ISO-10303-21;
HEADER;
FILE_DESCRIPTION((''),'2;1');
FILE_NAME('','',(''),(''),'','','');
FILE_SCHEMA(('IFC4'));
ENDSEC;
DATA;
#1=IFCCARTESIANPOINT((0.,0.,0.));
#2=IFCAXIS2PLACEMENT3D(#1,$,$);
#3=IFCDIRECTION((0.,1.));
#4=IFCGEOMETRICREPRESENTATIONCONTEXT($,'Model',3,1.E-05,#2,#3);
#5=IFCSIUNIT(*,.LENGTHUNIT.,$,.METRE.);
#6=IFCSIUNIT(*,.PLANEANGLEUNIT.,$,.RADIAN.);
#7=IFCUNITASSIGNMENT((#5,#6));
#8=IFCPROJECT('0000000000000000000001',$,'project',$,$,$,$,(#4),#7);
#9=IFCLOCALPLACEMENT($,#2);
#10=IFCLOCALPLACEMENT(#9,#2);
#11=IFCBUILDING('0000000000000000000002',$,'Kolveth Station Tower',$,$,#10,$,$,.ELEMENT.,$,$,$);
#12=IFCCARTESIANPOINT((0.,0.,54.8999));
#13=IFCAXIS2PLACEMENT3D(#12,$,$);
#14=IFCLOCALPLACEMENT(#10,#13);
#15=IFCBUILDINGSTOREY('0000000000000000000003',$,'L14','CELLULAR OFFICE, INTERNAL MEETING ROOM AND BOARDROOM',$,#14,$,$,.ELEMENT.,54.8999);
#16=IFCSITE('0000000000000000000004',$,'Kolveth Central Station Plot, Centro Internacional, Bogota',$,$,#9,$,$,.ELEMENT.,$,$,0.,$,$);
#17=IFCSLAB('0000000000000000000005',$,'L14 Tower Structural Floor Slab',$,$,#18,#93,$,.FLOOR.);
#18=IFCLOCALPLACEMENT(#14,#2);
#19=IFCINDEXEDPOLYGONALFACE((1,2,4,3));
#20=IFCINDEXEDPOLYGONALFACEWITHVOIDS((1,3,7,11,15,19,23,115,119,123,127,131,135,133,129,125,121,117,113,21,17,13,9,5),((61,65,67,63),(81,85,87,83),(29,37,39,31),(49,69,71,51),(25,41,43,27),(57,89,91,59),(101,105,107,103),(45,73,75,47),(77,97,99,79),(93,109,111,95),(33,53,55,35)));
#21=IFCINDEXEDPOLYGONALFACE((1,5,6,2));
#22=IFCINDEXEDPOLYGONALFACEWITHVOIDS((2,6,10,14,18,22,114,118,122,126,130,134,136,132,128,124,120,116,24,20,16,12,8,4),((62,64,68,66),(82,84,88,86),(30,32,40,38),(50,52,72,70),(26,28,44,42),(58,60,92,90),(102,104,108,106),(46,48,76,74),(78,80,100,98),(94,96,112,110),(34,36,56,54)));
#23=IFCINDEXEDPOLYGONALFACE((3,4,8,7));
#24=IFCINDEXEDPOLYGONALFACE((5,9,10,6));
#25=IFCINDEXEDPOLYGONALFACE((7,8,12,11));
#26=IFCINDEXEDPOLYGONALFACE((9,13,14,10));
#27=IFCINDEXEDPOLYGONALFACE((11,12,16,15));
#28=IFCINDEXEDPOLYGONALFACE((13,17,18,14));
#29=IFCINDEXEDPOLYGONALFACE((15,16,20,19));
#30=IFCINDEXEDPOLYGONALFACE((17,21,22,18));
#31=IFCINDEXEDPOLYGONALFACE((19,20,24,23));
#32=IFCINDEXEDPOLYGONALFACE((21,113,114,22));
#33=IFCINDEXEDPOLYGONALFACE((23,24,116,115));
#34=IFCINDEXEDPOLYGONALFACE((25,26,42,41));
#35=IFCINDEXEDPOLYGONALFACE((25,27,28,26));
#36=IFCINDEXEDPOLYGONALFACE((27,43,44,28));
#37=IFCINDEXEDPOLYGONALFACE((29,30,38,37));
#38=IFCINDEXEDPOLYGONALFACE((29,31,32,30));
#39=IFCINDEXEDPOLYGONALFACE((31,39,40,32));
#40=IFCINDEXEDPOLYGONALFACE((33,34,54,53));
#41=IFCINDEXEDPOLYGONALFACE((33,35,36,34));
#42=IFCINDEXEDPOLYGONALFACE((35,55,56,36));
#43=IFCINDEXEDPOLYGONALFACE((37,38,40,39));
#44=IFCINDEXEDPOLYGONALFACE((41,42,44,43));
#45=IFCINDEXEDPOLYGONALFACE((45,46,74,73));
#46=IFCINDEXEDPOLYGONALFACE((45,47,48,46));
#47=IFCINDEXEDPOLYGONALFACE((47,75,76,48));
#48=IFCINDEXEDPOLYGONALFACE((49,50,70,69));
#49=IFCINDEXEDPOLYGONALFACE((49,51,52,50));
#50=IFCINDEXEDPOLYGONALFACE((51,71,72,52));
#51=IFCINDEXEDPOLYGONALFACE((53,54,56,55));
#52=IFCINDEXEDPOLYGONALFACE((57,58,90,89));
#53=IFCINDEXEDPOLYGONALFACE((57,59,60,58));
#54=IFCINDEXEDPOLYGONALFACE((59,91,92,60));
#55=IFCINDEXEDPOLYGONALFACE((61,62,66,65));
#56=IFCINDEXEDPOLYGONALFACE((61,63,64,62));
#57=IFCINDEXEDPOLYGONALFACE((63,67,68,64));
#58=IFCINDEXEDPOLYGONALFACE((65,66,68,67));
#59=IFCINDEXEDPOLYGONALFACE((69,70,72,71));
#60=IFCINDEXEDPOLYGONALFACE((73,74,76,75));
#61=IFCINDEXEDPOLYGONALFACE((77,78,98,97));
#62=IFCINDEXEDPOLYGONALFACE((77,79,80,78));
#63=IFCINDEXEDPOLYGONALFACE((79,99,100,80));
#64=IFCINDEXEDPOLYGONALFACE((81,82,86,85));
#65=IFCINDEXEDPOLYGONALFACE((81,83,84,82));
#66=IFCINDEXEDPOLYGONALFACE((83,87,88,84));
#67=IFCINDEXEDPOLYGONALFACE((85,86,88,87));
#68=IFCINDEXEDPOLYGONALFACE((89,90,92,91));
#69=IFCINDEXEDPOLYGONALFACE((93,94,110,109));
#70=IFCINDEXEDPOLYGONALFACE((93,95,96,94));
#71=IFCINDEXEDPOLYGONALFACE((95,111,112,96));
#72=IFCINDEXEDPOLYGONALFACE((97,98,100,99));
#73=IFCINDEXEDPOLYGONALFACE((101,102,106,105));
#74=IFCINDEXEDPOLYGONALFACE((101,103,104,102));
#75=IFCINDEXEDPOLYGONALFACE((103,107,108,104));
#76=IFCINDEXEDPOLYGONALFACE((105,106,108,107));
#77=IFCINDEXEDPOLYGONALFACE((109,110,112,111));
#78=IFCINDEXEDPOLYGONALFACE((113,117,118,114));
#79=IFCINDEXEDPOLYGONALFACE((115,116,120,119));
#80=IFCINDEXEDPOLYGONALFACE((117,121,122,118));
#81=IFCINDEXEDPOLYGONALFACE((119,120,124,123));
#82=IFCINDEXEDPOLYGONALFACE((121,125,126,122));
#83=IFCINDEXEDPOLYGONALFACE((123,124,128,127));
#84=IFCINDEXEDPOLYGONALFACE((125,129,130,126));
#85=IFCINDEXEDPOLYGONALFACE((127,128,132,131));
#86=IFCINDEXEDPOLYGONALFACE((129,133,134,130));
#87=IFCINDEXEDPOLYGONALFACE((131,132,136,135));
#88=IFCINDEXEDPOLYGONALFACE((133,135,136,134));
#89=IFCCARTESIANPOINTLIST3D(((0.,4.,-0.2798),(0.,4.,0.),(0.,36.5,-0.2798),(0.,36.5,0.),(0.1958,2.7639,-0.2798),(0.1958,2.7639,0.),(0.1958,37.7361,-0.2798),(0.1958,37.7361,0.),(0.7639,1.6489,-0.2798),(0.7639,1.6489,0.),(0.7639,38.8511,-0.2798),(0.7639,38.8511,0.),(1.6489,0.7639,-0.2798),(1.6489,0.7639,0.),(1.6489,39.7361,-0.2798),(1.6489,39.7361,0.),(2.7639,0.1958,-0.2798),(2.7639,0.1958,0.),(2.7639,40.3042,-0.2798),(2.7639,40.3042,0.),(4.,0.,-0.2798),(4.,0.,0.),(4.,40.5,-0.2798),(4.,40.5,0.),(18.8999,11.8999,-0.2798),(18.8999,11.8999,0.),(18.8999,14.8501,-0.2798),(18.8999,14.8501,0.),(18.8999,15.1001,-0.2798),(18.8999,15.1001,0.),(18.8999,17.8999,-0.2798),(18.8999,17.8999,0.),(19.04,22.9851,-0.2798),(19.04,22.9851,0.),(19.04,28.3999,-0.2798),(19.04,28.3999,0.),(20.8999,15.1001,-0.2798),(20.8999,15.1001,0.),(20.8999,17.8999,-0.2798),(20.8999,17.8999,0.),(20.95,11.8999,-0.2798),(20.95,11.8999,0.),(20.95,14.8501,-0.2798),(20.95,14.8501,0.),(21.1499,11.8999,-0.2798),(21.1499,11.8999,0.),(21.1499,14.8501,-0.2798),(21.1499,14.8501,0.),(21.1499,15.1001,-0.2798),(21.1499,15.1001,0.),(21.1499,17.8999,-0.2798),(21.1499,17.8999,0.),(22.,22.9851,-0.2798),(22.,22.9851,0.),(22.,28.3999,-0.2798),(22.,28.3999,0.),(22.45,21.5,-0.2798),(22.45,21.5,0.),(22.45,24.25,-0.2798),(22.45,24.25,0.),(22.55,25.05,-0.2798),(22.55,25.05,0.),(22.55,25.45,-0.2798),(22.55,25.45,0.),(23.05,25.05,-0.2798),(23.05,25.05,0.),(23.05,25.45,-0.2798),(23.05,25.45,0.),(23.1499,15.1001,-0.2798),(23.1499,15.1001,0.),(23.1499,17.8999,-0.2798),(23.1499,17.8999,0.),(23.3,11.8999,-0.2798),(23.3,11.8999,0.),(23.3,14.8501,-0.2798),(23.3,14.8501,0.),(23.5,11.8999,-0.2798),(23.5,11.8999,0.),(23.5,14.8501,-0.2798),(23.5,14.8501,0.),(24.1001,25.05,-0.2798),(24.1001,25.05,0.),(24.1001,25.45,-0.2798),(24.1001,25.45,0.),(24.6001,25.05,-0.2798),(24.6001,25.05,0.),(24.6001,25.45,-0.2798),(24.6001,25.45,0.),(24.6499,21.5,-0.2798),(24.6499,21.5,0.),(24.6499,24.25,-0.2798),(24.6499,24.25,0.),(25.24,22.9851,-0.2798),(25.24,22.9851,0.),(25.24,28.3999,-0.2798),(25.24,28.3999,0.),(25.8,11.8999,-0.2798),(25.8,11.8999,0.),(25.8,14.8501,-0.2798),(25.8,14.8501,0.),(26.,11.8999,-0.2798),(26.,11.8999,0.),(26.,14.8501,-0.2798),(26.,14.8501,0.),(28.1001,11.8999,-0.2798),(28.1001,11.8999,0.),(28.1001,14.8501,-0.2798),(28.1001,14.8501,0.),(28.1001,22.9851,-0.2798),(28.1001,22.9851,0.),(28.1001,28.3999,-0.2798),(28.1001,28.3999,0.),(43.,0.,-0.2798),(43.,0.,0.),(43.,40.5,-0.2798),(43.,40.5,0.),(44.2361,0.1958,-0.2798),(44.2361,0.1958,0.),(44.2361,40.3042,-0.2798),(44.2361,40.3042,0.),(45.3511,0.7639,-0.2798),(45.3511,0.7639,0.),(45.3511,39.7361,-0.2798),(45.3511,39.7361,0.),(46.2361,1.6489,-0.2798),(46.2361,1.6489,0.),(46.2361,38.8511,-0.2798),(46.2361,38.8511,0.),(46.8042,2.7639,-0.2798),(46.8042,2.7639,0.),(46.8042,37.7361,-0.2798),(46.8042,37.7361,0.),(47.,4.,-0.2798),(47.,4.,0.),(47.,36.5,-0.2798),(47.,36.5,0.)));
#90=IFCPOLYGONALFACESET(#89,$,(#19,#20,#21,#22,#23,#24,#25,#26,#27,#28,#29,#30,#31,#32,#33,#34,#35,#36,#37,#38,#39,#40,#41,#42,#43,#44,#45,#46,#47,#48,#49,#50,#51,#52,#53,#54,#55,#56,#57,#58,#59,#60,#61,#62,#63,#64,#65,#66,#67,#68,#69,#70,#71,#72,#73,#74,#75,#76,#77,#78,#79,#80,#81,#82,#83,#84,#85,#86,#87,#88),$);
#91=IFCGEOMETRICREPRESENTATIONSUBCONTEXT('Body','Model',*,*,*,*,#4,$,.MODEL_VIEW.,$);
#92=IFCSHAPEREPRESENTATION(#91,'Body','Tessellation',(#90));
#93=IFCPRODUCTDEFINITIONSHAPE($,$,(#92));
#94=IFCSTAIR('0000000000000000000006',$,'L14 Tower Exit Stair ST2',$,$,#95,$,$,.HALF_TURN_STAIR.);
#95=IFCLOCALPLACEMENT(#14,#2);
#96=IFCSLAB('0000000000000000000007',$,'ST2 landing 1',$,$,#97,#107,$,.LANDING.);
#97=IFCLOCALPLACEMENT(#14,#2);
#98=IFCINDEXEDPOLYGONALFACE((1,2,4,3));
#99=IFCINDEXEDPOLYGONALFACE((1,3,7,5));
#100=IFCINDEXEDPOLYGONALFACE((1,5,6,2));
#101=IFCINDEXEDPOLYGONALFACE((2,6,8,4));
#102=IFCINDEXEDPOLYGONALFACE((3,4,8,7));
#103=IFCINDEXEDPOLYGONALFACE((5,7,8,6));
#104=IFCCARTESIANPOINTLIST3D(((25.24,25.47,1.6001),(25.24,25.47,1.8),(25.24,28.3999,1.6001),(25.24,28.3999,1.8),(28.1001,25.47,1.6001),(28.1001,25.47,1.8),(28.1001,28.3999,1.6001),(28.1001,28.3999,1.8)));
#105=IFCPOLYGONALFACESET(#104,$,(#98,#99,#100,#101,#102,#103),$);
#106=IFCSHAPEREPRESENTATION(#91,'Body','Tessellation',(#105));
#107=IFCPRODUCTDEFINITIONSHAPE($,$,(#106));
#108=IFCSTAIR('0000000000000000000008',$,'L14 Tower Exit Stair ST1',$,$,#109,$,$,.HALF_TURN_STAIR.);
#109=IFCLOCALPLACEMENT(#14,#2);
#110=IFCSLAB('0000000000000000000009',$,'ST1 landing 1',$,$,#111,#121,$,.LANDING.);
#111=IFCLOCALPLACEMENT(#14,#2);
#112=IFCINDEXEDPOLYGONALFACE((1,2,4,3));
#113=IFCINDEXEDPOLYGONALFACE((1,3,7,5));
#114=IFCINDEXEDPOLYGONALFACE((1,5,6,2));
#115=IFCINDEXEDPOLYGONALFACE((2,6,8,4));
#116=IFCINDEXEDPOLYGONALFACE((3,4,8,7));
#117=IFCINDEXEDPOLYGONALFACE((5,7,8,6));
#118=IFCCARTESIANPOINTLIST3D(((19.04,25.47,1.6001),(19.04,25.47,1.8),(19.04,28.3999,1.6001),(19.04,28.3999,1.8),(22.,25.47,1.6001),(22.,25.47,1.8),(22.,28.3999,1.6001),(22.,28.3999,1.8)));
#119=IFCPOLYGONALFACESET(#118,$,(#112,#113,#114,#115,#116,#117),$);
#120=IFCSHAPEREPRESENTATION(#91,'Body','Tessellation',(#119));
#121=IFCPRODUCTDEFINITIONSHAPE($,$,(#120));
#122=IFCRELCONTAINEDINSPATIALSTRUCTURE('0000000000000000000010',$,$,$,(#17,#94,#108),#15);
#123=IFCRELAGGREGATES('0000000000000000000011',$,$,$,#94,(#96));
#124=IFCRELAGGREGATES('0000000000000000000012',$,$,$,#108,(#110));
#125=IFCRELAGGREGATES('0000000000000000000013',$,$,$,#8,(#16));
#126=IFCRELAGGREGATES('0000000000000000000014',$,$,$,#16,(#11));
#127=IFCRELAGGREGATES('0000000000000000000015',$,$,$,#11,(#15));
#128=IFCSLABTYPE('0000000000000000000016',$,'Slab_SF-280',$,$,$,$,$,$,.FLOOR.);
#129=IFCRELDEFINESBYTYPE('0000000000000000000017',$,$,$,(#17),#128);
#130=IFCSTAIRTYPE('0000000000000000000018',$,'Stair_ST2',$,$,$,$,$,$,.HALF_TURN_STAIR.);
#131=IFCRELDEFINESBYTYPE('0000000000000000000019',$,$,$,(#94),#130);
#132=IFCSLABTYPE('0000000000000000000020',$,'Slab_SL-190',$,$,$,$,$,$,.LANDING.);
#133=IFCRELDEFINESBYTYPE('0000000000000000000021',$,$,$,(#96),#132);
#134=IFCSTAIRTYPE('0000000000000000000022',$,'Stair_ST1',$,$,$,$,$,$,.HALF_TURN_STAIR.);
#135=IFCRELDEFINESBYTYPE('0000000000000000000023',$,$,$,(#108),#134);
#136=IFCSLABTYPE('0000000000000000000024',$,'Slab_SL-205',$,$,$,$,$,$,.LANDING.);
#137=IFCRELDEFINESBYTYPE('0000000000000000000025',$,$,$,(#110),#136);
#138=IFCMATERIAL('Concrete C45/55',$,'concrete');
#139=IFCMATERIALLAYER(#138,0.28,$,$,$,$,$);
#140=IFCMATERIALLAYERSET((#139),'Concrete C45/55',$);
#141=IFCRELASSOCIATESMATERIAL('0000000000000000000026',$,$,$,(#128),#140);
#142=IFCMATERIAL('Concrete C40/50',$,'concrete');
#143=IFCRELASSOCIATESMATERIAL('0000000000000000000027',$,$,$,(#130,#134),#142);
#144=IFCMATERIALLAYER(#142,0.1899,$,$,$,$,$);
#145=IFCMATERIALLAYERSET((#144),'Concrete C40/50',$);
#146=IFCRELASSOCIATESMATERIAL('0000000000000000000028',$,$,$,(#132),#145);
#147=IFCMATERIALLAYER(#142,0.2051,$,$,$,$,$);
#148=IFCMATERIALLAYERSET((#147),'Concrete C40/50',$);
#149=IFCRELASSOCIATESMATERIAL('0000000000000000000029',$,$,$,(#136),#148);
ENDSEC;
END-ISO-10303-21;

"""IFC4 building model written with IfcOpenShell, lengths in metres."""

from ifc_helpers import new_model, si_unit, direction, frame, origin, place, context, subcontext, project, spatial, polyline, outline, extrude, material, layer, layer_set, type_object, element, aggregate, save


model = new_model("IFC4")

# Units and contexts
model_context = context("Model", 3, precision=1e-05, world=origin(), true_north=direction((0.0, 1.0)))
body_context = subcontext(model_context, "Body", "Model", "MODEL_VIEW")
ifc_project = project(units=[si_unit("LENGTHUNIT", "METRE"), si_unit("PLANEANGLEUNIT", "RADIAN")], contexts=[model_context])

# Site, building, storey
site_placement = place(None, origin())
site = spatial("IfcSite", under=ifc_project, at=site_placement, Name="Kolveth Central Station Plot, Centro Internacional, Bogota", CompositionType="ELEMENT", RefElevation=0.0)
building_placement = place(site_placement, origin())
building = spatial("IfcBuilding", under=site, at=building_placement, Name="Kolveth Station Tower", CompositionType="ELEMENT")
storey_placement = place(building_placement, frame((0.0, 0.0, 54.8999)))
storey = spatial("IfcBuildingStorey", under=building, at=storey_placement, Name="L14", Description="CELLULAR OFFICE, INTERNAL MEETING ROOM AND BOARDROOM", CompositionType="ELEMENT", Elevation=54.8999)

# Slab
ifc_material_1 = material(Name="Concrete C45/55", Category="concrete")
ifc_layer_1 = layer(ifc_material_1, 0.28)
ifc_layer_set_1 = layer_set([ifc_layer_1], Name="Concrete C45/55")
slab_type_1 = type_object("IfcSlabType", Name="Slab_SF-280", PredefinedType="FLOOR", material=ifc_layer_set_1)
slab_1_placement = place(storey_placement, frame((0.0, 0.0, -0.2798)))
element("IfcSlab", 1, at=slab_1_placement, inside=storey, type_object=slab_type_1, Name="L14 Tower Structural Floor Slab", PredefinedType="FLOOR", context=body_context, shape_type="SweptSolid", body=[
    extrude(outline(polyline([(43.0, 0.0), (44.2361, 0.1958), (45.3511, 0.7639), (46.2361, 1.6489), (46.8042, 2.7639), (47.0, 4.0), (47.0, 36.5), (46.8042, 37.7361), (46.2361, 38.8511), (45.3511, 39.7361), (44.2361, 40.3042), (43.0, 40.5), (4.0, 40.5), (2.7639, 40.3042), (1.6489, 39.7361), (0.7639, 38.8511), (0.1958, 37.7361), (0.0, 36.5), (0.0, 4.0), (0.1958, 2.7639), (0.7639, 1.6489), (1.6489, 0.7639), (2.7639, 0.1958), (4.0, 0.0), (43.0, 0.0)]), holes=[polyline([(19.04, 22.9851), (22.0, 22.9851), (22.0, 28.3999), (19.04, 28.3999), (19.04, 22.9851)]), polyline([(25.24, 22.9851), (28.1001, 22.9851), (28.1001, 28.3999), (25.24, 28.3999), (25.24, 22.9851)]), polyline([(18.8999, 15.1001), (20.8999, 15.1001), (20.8999, 17.8999), (18.8999, 17.8999), (18.8999, 15.1001)]), polyline([(21.1499, 15.1001), (23.1499, 15.1001), (23.1499, 17.8999), (21.1499, 17.8999), (21.1499, 15.1001)]), polyline([(22.45, 21.5), (24.6499, 21.5), (24.6499, 24.25), (22.45, 24.25), (22.45, 21.5)]), polyline([(18.8999, 11.8999), (20.95, 11.8999), (20.95, 14.8501), (18.8999, 14.8501), (18.8999, 11.8999)]), polyline([(21.1499, 11.8999), (23.3, 11.8999), (23.3, 14.8501), (21.1499, 14.8501), (21.1499, 11.8999)]), polyline([(23.5, 11.8999), (25.8, 11.8999), (25.8, 14.8501), (23.5, 14.8501), (23.5, 11.8999)]), polyline([(26.0, 11.8999), (28.1001, 11.8999), (28.1001, 14.8501), (26.0, 14.8501), (26.0, 11.8999)]), polyline([(22.55, 25.05), (23.05, 25.05), (23.05, 25.45), (22.55, 25.45), (22.55, 25.05)]), polyline([(24.1001, 25.05), (24.6001, 25.05), (24.6001, 25.45), (24.1001, 25.45), (24.1001, 25.05)])]), origin(), (0.0, 0.0, 1.0), 0.2798),
])

# Stairs, slabs
ifc_material_2 = material(Name="Concrete C40/50", Category="concrete")
stair_type_1 = type_object("IfcStairType", Name="Stair_ST2", PredefinedType="HALF_TURN_STAIR", material=ifc_material_2)
stair_1_placement = place(storey_placement, origin())
stair_1 = element("IfcStair", 2, at=stair_1_placement, inside=storey, type_object=stair_type_1, Name="L14 Tower Exit Stair ST2", PredefinedType="HALF_TURN_STAIR")
ifc_layer_2 = layer(ifc_material_2, 0.1899)
ifc_layer_set_2 = layer_set([ifc_layer_2], Name="Concrete C40/50")
slab_type_2 = type_object("IfcSlabType", Name="Slab_SL-190", PredefinedType="LANDING", material=ifc_layer_set_2)
slab_2_placement = place(storey_placement, frame((0.0, 0.0, 1.6001)))
slab_2 = element("IfcSlab", 3, at=slab_2_placement, type_object=slab_type_2, Name="ST2 landing 1", PredefinedType="LANDING", context=body_context, shape_type="SweptSolid", body=[
    extrude(outline(polyline([(28.1001, 25.47), (28.1001, 28.3999), (25.24, 28.3999), (25.24, 25.47), (28.1001, 25.47)])), origin(), (0.0, 0.0, 1.0), 0.2),
])
aggregate(stair_1, [slab_2])
stair_type_2 = type_object("IfcStairType", Name="Stair_ST1", PredefinedType="HALF_TURN_STAIR", material=ifc_material_2)
stair_2_placement = place(storey_placement, origin())
stair_2 = element("IfcStair", 4, at=stair_2_placement, inside=storey, type_object=stair_type_2, Name="L14 Tower Exit Stair ST1", PredefinedType="HALF_TURN_STAIR")
ifc_layer_3 = layer(ifc_material_2, 0.2051)
ifc_layer_set_3 = layer_set([ifc_layer_3], Name="Concrete C40/50")
slab_type_3 = type_object("IfcSlabType", Name="Slab_SL-205", PredefinedType="LANDING", material=ifc_layer_set_3)
slab_3_placement = place(storey_placement, frame((0.0, 0.0, 1.6001)))
slab_3 = element("IfcSlab", 5, at=slab_3_placement, type_object=slab_type_3, Name="ST1 landing 1", PredefinedType="LANDING", context=body_context, shape_type="SweptSolid", body=[
    extrude(outline(polyline([(22.0, 25.47), (22.0, 28.3999), (19.04, 28.3999), (19.04, 25.47), (22.0, 25.47)])), origin(), (0.0, 0.0, 1.0), 0.2),
])
aggregate(stair_2, [slab_3])

save(model, "model.ifc")
